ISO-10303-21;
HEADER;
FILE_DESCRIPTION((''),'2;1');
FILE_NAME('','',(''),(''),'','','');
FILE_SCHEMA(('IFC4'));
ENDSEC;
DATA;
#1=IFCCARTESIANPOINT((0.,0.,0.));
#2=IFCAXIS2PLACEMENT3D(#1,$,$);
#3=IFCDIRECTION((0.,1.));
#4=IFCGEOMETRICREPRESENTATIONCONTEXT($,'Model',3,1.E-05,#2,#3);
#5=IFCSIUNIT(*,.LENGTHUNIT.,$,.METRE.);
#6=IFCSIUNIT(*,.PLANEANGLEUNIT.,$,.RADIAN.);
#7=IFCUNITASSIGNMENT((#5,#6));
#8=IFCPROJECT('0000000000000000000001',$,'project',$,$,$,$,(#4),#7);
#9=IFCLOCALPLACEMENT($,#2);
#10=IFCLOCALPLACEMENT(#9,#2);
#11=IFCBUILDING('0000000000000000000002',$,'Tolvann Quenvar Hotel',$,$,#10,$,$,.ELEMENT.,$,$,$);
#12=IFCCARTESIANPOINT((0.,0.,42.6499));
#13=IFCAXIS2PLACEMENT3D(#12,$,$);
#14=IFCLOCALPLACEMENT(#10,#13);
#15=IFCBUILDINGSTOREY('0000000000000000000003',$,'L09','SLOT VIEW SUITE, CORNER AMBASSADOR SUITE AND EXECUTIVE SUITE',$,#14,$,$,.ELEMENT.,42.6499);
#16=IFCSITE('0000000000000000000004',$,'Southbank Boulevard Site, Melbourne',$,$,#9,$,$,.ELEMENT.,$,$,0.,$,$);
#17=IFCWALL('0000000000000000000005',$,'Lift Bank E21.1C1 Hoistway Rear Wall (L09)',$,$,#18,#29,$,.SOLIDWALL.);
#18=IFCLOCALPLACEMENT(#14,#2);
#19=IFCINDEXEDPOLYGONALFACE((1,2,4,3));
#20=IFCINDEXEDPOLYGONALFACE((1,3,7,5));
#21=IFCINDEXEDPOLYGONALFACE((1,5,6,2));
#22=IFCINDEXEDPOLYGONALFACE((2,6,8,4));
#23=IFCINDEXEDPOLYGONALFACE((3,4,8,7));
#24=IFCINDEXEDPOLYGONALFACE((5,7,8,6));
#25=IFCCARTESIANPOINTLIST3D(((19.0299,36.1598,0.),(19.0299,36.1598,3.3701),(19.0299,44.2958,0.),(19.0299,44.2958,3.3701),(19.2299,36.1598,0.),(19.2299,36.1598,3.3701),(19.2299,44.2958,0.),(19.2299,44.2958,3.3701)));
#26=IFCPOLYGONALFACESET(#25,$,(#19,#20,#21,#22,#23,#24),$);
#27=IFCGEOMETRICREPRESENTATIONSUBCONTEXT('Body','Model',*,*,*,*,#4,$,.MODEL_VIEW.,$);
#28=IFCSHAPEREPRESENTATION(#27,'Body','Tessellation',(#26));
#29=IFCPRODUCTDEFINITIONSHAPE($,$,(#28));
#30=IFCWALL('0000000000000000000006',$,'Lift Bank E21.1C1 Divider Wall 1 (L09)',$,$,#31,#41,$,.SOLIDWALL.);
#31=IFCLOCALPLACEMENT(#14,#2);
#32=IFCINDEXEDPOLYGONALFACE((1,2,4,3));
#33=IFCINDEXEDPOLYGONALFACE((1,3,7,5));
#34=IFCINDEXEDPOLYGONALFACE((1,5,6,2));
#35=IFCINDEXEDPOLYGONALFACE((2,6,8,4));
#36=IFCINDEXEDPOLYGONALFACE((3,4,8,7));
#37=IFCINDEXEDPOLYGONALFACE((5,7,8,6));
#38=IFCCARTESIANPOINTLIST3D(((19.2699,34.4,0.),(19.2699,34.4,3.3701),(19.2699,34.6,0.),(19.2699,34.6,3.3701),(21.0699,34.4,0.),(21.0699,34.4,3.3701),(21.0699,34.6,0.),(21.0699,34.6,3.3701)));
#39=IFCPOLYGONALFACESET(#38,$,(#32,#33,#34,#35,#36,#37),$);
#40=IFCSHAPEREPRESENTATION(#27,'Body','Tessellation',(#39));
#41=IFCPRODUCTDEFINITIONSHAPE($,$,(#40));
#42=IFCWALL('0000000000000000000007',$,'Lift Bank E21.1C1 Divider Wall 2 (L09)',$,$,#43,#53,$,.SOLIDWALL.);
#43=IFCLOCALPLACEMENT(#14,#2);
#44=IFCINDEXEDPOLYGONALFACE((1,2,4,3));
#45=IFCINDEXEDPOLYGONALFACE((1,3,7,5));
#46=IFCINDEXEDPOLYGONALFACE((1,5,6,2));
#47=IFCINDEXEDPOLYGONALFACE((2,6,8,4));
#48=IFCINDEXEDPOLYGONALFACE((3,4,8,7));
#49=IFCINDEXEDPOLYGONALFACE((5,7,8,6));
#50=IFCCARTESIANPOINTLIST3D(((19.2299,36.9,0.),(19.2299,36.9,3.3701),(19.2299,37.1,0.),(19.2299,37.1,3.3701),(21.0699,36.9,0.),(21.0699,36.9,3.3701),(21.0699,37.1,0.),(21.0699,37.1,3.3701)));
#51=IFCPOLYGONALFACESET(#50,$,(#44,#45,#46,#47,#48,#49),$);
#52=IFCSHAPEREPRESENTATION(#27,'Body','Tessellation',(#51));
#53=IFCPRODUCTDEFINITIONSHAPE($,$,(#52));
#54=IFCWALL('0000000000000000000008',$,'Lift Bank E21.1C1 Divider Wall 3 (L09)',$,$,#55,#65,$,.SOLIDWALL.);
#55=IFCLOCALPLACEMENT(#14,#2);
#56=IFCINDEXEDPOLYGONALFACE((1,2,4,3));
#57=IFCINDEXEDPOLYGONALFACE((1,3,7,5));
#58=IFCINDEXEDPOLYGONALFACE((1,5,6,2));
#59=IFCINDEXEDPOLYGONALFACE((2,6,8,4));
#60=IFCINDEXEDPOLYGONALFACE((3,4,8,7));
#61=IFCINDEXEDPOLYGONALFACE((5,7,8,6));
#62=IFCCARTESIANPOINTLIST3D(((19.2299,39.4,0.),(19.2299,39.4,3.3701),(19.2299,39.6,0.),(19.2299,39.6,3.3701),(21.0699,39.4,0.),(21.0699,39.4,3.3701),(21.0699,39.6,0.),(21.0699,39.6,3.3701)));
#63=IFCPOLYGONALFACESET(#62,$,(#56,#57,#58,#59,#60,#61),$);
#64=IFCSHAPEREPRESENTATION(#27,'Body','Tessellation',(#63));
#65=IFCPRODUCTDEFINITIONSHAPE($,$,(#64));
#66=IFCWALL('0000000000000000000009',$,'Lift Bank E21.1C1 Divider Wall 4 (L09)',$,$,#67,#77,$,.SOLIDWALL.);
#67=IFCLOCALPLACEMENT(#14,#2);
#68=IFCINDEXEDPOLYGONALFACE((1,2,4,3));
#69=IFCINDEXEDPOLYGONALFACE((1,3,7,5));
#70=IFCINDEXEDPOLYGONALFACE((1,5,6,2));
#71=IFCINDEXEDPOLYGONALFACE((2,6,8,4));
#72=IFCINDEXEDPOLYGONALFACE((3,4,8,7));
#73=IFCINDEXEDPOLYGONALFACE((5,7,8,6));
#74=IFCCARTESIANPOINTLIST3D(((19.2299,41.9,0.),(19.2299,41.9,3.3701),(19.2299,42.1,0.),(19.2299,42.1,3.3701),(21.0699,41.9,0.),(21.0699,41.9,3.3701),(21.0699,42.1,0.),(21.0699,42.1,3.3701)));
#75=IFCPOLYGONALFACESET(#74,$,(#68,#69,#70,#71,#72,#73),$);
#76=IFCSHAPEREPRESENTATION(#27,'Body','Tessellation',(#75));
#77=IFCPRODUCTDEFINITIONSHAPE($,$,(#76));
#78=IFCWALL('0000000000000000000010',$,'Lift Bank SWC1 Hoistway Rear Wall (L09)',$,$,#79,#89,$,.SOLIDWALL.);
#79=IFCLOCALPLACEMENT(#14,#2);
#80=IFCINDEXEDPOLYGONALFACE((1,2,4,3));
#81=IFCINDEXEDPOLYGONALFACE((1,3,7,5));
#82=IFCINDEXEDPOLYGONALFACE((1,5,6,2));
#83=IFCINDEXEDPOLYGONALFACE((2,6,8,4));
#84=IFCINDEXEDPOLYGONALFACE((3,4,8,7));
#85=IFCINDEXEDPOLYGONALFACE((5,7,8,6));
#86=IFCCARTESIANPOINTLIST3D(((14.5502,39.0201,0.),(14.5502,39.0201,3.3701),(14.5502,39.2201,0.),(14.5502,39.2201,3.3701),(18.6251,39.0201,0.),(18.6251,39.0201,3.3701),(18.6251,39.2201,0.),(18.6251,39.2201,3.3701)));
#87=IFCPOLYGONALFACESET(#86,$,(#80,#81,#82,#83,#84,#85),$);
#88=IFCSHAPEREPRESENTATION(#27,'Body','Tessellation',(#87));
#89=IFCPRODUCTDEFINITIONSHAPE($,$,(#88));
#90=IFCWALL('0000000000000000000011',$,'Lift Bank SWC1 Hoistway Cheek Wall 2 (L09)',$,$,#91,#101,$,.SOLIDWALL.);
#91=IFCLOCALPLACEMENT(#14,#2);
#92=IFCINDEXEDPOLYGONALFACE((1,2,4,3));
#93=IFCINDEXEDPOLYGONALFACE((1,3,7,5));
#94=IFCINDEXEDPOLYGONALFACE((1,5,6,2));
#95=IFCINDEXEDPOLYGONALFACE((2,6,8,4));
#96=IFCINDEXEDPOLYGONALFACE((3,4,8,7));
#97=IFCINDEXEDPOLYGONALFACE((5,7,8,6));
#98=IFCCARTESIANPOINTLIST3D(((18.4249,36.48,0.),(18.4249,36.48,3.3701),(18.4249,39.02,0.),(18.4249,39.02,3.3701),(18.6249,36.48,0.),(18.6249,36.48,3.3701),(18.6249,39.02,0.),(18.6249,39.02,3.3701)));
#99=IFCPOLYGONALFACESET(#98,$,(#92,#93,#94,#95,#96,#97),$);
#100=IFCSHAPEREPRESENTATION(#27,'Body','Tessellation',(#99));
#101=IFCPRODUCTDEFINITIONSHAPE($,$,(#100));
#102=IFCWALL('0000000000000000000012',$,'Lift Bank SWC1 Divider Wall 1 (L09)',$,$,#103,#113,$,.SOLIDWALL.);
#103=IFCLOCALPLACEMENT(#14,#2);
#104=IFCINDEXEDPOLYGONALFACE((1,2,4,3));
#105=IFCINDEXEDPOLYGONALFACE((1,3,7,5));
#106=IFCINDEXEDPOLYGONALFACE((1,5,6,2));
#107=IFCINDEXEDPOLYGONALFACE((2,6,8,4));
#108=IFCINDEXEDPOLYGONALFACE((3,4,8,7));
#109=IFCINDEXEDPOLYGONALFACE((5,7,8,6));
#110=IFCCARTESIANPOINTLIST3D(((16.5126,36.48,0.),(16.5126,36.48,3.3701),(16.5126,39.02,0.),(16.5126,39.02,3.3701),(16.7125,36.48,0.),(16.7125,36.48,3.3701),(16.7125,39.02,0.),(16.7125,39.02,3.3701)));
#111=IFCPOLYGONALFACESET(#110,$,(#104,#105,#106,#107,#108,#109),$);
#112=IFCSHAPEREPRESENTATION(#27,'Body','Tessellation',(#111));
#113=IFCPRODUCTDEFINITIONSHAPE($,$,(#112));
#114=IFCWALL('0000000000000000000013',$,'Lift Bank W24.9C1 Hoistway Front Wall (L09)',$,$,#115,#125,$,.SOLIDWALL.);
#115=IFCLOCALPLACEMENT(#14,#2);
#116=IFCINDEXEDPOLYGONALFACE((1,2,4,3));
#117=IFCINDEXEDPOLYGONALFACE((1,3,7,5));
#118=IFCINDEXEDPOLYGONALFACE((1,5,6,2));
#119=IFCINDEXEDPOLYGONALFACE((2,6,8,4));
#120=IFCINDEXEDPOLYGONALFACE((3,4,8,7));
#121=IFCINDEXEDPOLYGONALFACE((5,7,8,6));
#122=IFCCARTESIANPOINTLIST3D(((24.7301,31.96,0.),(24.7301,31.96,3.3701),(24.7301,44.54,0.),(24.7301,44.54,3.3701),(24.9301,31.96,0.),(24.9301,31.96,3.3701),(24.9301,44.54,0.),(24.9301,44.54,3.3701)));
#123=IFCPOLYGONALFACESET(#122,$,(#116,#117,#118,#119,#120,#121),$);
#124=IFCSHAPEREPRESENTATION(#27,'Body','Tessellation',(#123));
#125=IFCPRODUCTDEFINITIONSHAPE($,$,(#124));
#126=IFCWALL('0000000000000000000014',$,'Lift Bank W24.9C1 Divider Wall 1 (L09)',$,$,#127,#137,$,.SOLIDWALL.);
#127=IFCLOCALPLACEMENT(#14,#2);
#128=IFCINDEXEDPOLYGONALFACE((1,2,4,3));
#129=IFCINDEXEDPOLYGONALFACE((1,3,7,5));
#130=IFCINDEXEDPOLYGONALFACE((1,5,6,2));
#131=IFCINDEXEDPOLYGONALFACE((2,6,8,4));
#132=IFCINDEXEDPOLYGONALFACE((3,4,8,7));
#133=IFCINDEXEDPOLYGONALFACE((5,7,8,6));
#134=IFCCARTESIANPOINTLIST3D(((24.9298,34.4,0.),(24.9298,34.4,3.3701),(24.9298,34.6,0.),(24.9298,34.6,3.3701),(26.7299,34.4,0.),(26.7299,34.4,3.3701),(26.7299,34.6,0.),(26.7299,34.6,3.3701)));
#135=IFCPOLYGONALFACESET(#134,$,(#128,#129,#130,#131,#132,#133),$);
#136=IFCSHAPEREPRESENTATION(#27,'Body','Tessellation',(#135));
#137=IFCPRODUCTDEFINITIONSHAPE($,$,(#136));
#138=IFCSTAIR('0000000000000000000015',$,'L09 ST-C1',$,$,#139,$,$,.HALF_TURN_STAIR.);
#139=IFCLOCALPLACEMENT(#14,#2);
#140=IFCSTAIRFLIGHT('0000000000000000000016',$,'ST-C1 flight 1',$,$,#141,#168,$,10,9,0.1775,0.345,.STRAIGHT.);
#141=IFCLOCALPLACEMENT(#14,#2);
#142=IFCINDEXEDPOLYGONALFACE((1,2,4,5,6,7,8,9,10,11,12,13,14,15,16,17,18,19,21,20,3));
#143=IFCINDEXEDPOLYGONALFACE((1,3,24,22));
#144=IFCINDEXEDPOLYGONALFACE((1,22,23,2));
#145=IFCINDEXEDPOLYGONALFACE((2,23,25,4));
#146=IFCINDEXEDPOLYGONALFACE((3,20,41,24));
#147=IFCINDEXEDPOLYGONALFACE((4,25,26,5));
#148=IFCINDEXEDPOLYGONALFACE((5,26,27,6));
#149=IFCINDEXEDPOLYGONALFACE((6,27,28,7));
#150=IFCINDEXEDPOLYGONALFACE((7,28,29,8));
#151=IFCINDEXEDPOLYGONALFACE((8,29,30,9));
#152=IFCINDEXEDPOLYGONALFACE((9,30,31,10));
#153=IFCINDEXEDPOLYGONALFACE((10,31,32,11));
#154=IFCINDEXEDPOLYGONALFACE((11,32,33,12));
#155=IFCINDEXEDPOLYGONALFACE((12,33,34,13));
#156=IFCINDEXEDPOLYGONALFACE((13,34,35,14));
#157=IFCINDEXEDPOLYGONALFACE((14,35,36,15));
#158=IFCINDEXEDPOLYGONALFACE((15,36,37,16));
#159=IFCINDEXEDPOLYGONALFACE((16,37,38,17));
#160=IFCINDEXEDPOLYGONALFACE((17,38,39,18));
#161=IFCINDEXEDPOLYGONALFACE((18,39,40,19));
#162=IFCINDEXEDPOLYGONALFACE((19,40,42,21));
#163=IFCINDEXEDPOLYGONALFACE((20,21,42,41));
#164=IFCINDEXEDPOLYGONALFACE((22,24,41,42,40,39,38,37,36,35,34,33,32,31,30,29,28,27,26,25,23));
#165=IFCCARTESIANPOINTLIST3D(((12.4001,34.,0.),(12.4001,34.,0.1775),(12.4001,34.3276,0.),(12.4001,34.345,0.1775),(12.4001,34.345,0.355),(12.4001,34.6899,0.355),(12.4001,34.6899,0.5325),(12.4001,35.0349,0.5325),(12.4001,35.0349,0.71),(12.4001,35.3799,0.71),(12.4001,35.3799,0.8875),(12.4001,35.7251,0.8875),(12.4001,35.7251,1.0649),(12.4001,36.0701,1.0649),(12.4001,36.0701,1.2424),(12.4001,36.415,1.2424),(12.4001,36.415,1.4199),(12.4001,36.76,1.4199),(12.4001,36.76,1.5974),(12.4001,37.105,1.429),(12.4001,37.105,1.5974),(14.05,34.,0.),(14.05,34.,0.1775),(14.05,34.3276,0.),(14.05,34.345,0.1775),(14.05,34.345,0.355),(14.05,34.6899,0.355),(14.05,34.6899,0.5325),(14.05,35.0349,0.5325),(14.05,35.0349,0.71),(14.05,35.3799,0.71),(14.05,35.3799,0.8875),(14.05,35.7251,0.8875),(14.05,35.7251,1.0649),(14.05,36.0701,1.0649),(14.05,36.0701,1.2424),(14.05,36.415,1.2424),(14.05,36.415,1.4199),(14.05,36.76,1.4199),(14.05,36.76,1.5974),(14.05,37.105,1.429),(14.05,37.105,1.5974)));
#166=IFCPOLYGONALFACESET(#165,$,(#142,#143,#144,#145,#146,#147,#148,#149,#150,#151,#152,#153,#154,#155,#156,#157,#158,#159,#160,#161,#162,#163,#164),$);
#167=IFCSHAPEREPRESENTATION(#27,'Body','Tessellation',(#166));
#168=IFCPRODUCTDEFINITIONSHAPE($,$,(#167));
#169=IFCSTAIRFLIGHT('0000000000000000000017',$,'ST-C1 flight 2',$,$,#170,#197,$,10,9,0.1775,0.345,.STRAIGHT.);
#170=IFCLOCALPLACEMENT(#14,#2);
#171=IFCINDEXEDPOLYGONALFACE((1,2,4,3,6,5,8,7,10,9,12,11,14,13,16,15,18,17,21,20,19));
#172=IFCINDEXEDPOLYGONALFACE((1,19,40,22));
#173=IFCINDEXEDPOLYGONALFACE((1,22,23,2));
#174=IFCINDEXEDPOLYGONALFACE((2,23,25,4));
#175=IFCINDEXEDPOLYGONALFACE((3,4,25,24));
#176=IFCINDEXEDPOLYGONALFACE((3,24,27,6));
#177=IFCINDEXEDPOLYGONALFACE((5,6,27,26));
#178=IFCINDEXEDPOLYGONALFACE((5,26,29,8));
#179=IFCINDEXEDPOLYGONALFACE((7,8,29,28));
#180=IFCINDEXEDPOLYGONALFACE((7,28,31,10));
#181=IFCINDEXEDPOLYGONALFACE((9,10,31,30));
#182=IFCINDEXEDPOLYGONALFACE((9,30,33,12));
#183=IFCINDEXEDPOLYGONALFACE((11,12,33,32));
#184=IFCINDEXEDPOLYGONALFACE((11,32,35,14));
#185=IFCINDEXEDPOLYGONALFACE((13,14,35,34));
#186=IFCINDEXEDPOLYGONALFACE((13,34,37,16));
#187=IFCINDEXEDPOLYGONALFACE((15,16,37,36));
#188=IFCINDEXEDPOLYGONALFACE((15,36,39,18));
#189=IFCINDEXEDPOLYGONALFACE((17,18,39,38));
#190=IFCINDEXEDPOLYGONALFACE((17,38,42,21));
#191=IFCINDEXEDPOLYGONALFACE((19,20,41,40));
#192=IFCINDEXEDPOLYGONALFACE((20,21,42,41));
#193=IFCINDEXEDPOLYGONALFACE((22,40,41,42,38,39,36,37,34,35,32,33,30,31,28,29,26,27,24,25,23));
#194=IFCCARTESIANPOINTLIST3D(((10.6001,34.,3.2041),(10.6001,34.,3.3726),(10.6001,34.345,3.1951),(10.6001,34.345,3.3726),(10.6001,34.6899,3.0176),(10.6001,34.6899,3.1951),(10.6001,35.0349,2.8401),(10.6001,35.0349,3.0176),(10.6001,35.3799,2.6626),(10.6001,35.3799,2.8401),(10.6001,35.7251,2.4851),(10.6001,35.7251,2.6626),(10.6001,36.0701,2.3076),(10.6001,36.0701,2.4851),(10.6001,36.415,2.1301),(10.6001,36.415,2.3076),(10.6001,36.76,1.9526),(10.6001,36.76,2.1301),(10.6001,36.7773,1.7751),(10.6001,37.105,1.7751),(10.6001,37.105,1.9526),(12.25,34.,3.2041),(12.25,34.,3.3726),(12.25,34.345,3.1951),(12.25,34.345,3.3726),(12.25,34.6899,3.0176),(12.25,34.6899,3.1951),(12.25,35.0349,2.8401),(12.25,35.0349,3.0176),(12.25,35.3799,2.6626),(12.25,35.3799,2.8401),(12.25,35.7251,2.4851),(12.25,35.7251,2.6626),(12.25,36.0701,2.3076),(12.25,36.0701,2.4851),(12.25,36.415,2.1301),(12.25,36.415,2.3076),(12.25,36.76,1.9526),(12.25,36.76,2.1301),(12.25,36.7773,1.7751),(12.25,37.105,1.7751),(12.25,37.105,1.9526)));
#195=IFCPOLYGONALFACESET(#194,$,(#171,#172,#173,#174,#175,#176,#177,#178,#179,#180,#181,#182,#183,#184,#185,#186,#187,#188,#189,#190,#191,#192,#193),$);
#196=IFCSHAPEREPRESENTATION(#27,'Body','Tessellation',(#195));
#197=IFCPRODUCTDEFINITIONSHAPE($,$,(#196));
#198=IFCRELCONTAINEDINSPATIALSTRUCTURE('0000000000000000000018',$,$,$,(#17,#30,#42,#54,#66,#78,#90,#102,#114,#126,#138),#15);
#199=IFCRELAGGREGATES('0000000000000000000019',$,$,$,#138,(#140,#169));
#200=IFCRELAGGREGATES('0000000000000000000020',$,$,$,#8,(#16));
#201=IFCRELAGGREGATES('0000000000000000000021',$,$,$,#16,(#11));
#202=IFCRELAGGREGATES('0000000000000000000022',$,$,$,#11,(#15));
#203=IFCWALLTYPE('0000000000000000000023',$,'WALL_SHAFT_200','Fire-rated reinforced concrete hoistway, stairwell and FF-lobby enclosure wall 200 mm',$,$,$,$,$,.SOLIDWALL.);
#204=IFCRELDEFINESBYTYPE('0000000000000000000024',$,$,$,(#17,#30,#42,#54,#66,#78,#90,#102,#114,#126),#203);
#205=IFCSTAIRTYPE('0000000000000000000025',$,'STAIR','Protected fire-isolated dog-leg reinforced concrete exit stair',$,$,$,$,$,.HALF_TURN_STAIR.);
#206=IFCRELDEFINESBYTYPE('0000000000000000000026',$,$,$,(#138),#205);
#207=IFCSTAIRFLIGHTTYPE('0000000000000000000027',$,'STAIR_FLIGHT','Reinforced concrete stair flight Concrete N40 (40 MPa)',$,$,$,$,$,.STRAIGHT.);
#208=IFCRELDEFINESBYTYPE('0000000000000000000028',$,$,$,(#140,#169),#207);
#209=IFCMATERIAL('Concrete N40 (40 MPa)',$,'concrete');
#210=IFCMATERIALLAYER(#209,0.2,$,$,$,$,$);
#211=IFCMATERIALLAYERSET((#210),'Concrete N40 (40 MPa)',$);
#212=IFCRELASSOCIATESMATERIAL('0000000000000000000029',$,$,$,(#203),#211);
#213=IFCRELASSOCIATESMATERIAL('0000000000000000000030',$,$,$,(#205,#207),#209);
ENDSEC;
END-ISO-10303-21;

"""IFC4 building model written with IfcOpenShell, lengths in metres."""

from ifc_helpers import new_model, si_unit, direction, frame, frame_2d, origin, place, context, subcontext, project, spatial, polyline, rectangle, outline, extrude, material, layer, layer_set, type_object, element, aggregate, save


model = new_model("IFC4")

# Units and contexts
model_context = context("Model", 3, precision=1e-05, world=origin(), true_north=direction((0.0, 1.0)))
body_context = subcontext(model_context, "Body", "Model", "MODEL_VIEW")
ifc_project = project(units=[si_unit("LENGTHUNIT", "METRE"), si_unit("PLANEANGLEUNIT", "RADIAN")], contexts=[model_context])

# Site, building, storey
site_placement = place(None, origin())
site = spatial("IfcSite", under=ifc_project, at=site_placement, Name="Southbank Boulevard Site, Melbourne", CompositionType="ELEMENT", RefElevation=0.0)
building_placement = place(site_placement, origin())
building = spatial("IfcBuilding", under=site, at=building_placement, Name="Tolvann Quenvar Hotel", CompositionType="ELEMENT")
storey_placement = place(building_placement, frame((0.0, 0.0, 42.6499)))
storey = spatial("IfcBuildingStorey", under=building, at=storey_placement, Name="L09", Description="SLOT VIEW SUITE, CORNER AMBASSADOR SUITE AND EXECUTIVE SUITE", CompositionType="ELEMENT", Elevation=42.6499)

# Walls
ifc_material_1 = material(Name="Concrete N40 (40 MPa)", Category="concrete")
ifc_layer_1 = layer(ifc_material_1, 0.2)
ifc_layer_set_1 = layer_set([ifc_layer_1], Name="Concrete N40 (40 MPa)")
wall_type_1 = type_object("IfcWallType", Name="WALL_SHAFT_200", Description="Fire-rated reinforced concrete hoistway, stairwell and FF-lobby enclosure wall 200 mm", PredefinedType="SOLIDWALL", material=ifc_layer_set_1)
wall_1_placement = place(storey_placement, frame((19.1299, 36.1599, 0.0), z_axis=(0.0, 0.0, 1.0), x_axis=(0.0, 1.0, 0.0)))
element("IfcWall", 1, at=wall_1_placement, inside=storey, type_object=wall_type_1, Name="Lift Bank E21.1C1 Hoistway Rear Wall (L09)", PredefinedType="SOLIDWALL", context=body_context, shape_type="SweptSolid", body=[
    extrude(rectangle(XDim=8.136, YDim=0.2, at=frame_2d((4.0679, 0.0))), origin(), (0.0, 0.0, 1.0), 3.3701),
])
wall_2_placement = place(storey_placement, frame((19.27, 34.5, 0.0), z_axis=(0.0, 0.0, 1.0), x_axis=(1.0, 0.0, 0.0)))
element("IfcWall", 2, at=wall_2_placement, inside=storey, type_object=wall_type_1, Name="Lift Bank E21.1C1 Divider Wall 1 (L09)", PredefinedType="SOLIDWALL", context=body_context, shape_type="SweptSolid", body=[
    extrude(rectangle(XDim=1.8, YDim=0.2, at=frame_2d((0.8999, 0.0))), origin(), (0.0, 0.0, 1.0), 3.3701),
])
for number, where, z_axis, x_axis, name in (
    (3, (19.23, 37.0, 0.0), (0.0, 0.0, 1.0), (1.0, 0.0, 0.0), "Lift Bank E21.1C1 Divider Wall 2 (L09)"),
    (4, (19.23, 39.5, 0.0), (0.0, 0.0, 1.0), (1.0, 0.0, 0.0), "Lift Bank E21.1C1 Divider Wall 3 (L09)"),
    (5, (19.23, 42.0, 0.0), (0.0, 0.0, 1.0), (1.0, 0.0, 0.0), "Lift Bank E21.1C1 Divider Wall 4 (L09)"),
):
    element("IfcWall", number, at=place(storey_placement, frame(where, z_axis=z_axis, x_axis=x_axis)), inside=storey, type_object=wall_type_1, Name=name, PredefinedType="SOLIDWALL", context=body_context, shape_type="SweptSolid", body=[
        extrude(rectangle(XDim=1.8401, YDim=0.2, at=frame_2d((0.9199, 0.0))), origin(), (0.0, 0.0, 1.0), 3.3701),
    ])

# Walls
wall_3_placement = place(storey_placement, frame((14.55, 39.1201, 0.0), z_axis=(0.0, 0.0, 1.0), x_axis=(1.0, 0.0, 0.0)))
element("IfcWall", 6, at=wall_3_placement, inside=storey, type_object=wall_type_1, Name="Lift Bank SWC1 Hoistway Rear Wall (L09)", PredefinedType="SOLIDWALL", context=body_context, shape_type="SweptSolid", body=[
    extrude(rectangle(XDim=4.075, YDim=0.2, at=frame_2d((2.0376, 0.0))), origin(), (0.0, 0.0, 1.0), 3.3701),
])
for number, where, z_axis, x_axis, name in (
    (7, (18.5249, 36.48, 0.0), (0.0, 0.0, 1.0), (0.0, 1.0, 0.0), "Lift Bank SWC1 Hoistway Cheek Wall 2 (L09)"),
    (8, (16.6125, 36.48, 0.0), (0.0, 0.0, 1.0), (0.0, 1.0, 0.0), "Lift Bank SWC1 Divider Wall 1 (L09)"),
):
    element("IfcWall", number, at=place(storey_placement, frame(where, z_axis=z_axis, x_axis=x_axis)), inside=storey, type_object=wall_type_1, Name=name, PredefinedType="SOLIDWALL", context=body_context, shape_type="SweptSolid", body=[
        extrude(rectangle(XDim=2.54, YDim=0.2, at=frame_2d((1.27, 0.0))), origin(), (0.0, 0.0, 1.0), 3.3701),
    ])
wall_4_placement = place(storey_placement, frame((24.8301, 31.96, 0.0), z_axis=(0.0, 0.0, 1.0), x_axis=(0.0, 1.0, 0.0)))
element("IfcWall", 9, at=wall_4_placement, inside=storey, type_object=wall_type_1, Name="Lift Bank W24.9C1 Hoistway Front Wall (L09)", PredefinedType="SOLIDWALL", context=body_context, shape_type="SweptSolid", body=[
    extrude(rectangle(XDim=12.5801, YDim=0.2, at=frame_2d((6.29, 0.0))), origin(), (0.0, 0.0, 1.0), 3.3701),
])
wall_5_placement = place(storey_placement, frame((24.9299, 34.5, 0.0), z_axis=(0.0, 0.0, 1.0), x_axis=(1.0, 0.0, 0.0)))
element("IfcWall", 10, at=wall_5_placement, inside=storey, type_object=wall_type_1, Name="Lift Bank W24.9C1 Divider Wall 1 (L09)", PredefinedType="SOLIDWALL", context=body_context, shape_type="SweptSolid", body=[
    extrude(rectangle(XDim=1.8, YDim=0.2, at=frame_2d((0.8999, 0.0))), origin(), (0.0, 0.0, 1.0), 3.3701),
])

# Stair, stair flights
stair_type = type_object("IfcStairType", Name="STAIR", Description="Protected fire-isolated dog-leg reinforced concrete exit stair", PredefinedType="HALF_TURN_STAIR", material=ifc_material_1)
stair_placement = place(storey_placement, origin())
stair = element("IfcStair", 11, at=stair_placement, inside=storey, type_object=stair_type, Name="L09 ST-C1", PredefinedType="HALF_TURN_STAIR")
stair_flight_type = type_object("IfcStairFlightType", Name="STAIR_FLIGHT", Description="Reinforced concrete stair flight Concrete N40 (40 MPa)", PredefinedType="STRAIGHT", material=ifc_material_1)
stair_flight_1_placement = place(storey_placement, frame((13.2251, 34.0, 0.0), z_axis=(0.0, 0.0, 1.0), x_axis=(0.0, 1.0, 0.0)))
stair_flight_1 = element("IfcStairFlight", 12, at=stair_flight_1_placement, type_object=stair_flight_type, Name="ST-C1 flight 1", NumberOfRisers=10, NumberOfTreads=9, PredefinedType="STRAIGHT", RiserHeight=0.1775, TreadLength=0.345, context=body_context, shape_type="SweptSolid", body=[
    extrude(outline(polyline([(0.0, 0.0), (0.0, 0.1775), (0.345, 0.1775), (0.345, 0.355), (0.6899, 0.355), (0.6899, 0.5325), (1.0349, 0.5325), (1.0349, 0.71), (1.3799, 0.71), (1.3799, 0.8875), (1.7251, 0.8875), (1.7251, 1.0649), (2.0701, 1.0649), (2.0701, 1.2424), (2.415, 1.2424), (2.415, 1.4199), (2.76, 1.4199), (2.76, 1.5974), (3.105, 1.5974), (3.105, 1.7749), (3.105, 1.429), (0.3276, 0.0), (0.0, 0.0)])), frame((0.0, 0.825, 0.0), z_axis=(0.0, -1.0, 0.0), x_axis=(1.0, 0.0, 0.0)), (0.0, 0.0, 1.0), 1.6499),
])
stair_flight_2_placement = place(storey_placement, frame((11.425, 37.105, 1.7751), z_axis=(0.0, 0.0, 1.0), x_axis=(0.0, -1.0, 0.0)))
stair_flight_2 = element("IfcStairFlight", 13, at=stair_flight_2_placement, type_object=stair_flight_type, Name="ST-C1 flight 2", NumberOfRisers=10, NumberOfTreads=9, PredefinedType="STRAIGHT", RiserHeight=0.1775, TreadLength=0.345, context=body_context, shape_type="SweptSolid", body=[
    extrude(outline(polyline([(0.0, 0.0), (0.0, 0.1775), (0.345, 0.1775), (0.345, 0.355), (0.6899, 0.355), (0.6899, 0.5325), (1.0349, 0.5325), (1.0349, 0.71), (1.3799, 0.71), (1.3799, 0.8875), (1.7251, 0.8875), (1.7251, 1.0649), (2.0701, 1.0649), (2.0701, 1.2424), (2.415, 1.2424), (2.415, 1.4199), (2.76, 1.4199), (2.76, 1.5974), (3.105, 1.5974), (3.105, 1.7749), (3.105, 1.429), (0.3276, 0.0), (0.0, 0.0)])), frame((0.0, 0.825, 0.0), z_axis=(0.0, -1.0, 0.0), x_axis=(1.0, 0.0, 0.0)), (0.0, 0.0, 1.0), 1.6499),
])
aggregate(stair, [stair_flight_1, stair_flight_2])

save(model, "model.ifc")
